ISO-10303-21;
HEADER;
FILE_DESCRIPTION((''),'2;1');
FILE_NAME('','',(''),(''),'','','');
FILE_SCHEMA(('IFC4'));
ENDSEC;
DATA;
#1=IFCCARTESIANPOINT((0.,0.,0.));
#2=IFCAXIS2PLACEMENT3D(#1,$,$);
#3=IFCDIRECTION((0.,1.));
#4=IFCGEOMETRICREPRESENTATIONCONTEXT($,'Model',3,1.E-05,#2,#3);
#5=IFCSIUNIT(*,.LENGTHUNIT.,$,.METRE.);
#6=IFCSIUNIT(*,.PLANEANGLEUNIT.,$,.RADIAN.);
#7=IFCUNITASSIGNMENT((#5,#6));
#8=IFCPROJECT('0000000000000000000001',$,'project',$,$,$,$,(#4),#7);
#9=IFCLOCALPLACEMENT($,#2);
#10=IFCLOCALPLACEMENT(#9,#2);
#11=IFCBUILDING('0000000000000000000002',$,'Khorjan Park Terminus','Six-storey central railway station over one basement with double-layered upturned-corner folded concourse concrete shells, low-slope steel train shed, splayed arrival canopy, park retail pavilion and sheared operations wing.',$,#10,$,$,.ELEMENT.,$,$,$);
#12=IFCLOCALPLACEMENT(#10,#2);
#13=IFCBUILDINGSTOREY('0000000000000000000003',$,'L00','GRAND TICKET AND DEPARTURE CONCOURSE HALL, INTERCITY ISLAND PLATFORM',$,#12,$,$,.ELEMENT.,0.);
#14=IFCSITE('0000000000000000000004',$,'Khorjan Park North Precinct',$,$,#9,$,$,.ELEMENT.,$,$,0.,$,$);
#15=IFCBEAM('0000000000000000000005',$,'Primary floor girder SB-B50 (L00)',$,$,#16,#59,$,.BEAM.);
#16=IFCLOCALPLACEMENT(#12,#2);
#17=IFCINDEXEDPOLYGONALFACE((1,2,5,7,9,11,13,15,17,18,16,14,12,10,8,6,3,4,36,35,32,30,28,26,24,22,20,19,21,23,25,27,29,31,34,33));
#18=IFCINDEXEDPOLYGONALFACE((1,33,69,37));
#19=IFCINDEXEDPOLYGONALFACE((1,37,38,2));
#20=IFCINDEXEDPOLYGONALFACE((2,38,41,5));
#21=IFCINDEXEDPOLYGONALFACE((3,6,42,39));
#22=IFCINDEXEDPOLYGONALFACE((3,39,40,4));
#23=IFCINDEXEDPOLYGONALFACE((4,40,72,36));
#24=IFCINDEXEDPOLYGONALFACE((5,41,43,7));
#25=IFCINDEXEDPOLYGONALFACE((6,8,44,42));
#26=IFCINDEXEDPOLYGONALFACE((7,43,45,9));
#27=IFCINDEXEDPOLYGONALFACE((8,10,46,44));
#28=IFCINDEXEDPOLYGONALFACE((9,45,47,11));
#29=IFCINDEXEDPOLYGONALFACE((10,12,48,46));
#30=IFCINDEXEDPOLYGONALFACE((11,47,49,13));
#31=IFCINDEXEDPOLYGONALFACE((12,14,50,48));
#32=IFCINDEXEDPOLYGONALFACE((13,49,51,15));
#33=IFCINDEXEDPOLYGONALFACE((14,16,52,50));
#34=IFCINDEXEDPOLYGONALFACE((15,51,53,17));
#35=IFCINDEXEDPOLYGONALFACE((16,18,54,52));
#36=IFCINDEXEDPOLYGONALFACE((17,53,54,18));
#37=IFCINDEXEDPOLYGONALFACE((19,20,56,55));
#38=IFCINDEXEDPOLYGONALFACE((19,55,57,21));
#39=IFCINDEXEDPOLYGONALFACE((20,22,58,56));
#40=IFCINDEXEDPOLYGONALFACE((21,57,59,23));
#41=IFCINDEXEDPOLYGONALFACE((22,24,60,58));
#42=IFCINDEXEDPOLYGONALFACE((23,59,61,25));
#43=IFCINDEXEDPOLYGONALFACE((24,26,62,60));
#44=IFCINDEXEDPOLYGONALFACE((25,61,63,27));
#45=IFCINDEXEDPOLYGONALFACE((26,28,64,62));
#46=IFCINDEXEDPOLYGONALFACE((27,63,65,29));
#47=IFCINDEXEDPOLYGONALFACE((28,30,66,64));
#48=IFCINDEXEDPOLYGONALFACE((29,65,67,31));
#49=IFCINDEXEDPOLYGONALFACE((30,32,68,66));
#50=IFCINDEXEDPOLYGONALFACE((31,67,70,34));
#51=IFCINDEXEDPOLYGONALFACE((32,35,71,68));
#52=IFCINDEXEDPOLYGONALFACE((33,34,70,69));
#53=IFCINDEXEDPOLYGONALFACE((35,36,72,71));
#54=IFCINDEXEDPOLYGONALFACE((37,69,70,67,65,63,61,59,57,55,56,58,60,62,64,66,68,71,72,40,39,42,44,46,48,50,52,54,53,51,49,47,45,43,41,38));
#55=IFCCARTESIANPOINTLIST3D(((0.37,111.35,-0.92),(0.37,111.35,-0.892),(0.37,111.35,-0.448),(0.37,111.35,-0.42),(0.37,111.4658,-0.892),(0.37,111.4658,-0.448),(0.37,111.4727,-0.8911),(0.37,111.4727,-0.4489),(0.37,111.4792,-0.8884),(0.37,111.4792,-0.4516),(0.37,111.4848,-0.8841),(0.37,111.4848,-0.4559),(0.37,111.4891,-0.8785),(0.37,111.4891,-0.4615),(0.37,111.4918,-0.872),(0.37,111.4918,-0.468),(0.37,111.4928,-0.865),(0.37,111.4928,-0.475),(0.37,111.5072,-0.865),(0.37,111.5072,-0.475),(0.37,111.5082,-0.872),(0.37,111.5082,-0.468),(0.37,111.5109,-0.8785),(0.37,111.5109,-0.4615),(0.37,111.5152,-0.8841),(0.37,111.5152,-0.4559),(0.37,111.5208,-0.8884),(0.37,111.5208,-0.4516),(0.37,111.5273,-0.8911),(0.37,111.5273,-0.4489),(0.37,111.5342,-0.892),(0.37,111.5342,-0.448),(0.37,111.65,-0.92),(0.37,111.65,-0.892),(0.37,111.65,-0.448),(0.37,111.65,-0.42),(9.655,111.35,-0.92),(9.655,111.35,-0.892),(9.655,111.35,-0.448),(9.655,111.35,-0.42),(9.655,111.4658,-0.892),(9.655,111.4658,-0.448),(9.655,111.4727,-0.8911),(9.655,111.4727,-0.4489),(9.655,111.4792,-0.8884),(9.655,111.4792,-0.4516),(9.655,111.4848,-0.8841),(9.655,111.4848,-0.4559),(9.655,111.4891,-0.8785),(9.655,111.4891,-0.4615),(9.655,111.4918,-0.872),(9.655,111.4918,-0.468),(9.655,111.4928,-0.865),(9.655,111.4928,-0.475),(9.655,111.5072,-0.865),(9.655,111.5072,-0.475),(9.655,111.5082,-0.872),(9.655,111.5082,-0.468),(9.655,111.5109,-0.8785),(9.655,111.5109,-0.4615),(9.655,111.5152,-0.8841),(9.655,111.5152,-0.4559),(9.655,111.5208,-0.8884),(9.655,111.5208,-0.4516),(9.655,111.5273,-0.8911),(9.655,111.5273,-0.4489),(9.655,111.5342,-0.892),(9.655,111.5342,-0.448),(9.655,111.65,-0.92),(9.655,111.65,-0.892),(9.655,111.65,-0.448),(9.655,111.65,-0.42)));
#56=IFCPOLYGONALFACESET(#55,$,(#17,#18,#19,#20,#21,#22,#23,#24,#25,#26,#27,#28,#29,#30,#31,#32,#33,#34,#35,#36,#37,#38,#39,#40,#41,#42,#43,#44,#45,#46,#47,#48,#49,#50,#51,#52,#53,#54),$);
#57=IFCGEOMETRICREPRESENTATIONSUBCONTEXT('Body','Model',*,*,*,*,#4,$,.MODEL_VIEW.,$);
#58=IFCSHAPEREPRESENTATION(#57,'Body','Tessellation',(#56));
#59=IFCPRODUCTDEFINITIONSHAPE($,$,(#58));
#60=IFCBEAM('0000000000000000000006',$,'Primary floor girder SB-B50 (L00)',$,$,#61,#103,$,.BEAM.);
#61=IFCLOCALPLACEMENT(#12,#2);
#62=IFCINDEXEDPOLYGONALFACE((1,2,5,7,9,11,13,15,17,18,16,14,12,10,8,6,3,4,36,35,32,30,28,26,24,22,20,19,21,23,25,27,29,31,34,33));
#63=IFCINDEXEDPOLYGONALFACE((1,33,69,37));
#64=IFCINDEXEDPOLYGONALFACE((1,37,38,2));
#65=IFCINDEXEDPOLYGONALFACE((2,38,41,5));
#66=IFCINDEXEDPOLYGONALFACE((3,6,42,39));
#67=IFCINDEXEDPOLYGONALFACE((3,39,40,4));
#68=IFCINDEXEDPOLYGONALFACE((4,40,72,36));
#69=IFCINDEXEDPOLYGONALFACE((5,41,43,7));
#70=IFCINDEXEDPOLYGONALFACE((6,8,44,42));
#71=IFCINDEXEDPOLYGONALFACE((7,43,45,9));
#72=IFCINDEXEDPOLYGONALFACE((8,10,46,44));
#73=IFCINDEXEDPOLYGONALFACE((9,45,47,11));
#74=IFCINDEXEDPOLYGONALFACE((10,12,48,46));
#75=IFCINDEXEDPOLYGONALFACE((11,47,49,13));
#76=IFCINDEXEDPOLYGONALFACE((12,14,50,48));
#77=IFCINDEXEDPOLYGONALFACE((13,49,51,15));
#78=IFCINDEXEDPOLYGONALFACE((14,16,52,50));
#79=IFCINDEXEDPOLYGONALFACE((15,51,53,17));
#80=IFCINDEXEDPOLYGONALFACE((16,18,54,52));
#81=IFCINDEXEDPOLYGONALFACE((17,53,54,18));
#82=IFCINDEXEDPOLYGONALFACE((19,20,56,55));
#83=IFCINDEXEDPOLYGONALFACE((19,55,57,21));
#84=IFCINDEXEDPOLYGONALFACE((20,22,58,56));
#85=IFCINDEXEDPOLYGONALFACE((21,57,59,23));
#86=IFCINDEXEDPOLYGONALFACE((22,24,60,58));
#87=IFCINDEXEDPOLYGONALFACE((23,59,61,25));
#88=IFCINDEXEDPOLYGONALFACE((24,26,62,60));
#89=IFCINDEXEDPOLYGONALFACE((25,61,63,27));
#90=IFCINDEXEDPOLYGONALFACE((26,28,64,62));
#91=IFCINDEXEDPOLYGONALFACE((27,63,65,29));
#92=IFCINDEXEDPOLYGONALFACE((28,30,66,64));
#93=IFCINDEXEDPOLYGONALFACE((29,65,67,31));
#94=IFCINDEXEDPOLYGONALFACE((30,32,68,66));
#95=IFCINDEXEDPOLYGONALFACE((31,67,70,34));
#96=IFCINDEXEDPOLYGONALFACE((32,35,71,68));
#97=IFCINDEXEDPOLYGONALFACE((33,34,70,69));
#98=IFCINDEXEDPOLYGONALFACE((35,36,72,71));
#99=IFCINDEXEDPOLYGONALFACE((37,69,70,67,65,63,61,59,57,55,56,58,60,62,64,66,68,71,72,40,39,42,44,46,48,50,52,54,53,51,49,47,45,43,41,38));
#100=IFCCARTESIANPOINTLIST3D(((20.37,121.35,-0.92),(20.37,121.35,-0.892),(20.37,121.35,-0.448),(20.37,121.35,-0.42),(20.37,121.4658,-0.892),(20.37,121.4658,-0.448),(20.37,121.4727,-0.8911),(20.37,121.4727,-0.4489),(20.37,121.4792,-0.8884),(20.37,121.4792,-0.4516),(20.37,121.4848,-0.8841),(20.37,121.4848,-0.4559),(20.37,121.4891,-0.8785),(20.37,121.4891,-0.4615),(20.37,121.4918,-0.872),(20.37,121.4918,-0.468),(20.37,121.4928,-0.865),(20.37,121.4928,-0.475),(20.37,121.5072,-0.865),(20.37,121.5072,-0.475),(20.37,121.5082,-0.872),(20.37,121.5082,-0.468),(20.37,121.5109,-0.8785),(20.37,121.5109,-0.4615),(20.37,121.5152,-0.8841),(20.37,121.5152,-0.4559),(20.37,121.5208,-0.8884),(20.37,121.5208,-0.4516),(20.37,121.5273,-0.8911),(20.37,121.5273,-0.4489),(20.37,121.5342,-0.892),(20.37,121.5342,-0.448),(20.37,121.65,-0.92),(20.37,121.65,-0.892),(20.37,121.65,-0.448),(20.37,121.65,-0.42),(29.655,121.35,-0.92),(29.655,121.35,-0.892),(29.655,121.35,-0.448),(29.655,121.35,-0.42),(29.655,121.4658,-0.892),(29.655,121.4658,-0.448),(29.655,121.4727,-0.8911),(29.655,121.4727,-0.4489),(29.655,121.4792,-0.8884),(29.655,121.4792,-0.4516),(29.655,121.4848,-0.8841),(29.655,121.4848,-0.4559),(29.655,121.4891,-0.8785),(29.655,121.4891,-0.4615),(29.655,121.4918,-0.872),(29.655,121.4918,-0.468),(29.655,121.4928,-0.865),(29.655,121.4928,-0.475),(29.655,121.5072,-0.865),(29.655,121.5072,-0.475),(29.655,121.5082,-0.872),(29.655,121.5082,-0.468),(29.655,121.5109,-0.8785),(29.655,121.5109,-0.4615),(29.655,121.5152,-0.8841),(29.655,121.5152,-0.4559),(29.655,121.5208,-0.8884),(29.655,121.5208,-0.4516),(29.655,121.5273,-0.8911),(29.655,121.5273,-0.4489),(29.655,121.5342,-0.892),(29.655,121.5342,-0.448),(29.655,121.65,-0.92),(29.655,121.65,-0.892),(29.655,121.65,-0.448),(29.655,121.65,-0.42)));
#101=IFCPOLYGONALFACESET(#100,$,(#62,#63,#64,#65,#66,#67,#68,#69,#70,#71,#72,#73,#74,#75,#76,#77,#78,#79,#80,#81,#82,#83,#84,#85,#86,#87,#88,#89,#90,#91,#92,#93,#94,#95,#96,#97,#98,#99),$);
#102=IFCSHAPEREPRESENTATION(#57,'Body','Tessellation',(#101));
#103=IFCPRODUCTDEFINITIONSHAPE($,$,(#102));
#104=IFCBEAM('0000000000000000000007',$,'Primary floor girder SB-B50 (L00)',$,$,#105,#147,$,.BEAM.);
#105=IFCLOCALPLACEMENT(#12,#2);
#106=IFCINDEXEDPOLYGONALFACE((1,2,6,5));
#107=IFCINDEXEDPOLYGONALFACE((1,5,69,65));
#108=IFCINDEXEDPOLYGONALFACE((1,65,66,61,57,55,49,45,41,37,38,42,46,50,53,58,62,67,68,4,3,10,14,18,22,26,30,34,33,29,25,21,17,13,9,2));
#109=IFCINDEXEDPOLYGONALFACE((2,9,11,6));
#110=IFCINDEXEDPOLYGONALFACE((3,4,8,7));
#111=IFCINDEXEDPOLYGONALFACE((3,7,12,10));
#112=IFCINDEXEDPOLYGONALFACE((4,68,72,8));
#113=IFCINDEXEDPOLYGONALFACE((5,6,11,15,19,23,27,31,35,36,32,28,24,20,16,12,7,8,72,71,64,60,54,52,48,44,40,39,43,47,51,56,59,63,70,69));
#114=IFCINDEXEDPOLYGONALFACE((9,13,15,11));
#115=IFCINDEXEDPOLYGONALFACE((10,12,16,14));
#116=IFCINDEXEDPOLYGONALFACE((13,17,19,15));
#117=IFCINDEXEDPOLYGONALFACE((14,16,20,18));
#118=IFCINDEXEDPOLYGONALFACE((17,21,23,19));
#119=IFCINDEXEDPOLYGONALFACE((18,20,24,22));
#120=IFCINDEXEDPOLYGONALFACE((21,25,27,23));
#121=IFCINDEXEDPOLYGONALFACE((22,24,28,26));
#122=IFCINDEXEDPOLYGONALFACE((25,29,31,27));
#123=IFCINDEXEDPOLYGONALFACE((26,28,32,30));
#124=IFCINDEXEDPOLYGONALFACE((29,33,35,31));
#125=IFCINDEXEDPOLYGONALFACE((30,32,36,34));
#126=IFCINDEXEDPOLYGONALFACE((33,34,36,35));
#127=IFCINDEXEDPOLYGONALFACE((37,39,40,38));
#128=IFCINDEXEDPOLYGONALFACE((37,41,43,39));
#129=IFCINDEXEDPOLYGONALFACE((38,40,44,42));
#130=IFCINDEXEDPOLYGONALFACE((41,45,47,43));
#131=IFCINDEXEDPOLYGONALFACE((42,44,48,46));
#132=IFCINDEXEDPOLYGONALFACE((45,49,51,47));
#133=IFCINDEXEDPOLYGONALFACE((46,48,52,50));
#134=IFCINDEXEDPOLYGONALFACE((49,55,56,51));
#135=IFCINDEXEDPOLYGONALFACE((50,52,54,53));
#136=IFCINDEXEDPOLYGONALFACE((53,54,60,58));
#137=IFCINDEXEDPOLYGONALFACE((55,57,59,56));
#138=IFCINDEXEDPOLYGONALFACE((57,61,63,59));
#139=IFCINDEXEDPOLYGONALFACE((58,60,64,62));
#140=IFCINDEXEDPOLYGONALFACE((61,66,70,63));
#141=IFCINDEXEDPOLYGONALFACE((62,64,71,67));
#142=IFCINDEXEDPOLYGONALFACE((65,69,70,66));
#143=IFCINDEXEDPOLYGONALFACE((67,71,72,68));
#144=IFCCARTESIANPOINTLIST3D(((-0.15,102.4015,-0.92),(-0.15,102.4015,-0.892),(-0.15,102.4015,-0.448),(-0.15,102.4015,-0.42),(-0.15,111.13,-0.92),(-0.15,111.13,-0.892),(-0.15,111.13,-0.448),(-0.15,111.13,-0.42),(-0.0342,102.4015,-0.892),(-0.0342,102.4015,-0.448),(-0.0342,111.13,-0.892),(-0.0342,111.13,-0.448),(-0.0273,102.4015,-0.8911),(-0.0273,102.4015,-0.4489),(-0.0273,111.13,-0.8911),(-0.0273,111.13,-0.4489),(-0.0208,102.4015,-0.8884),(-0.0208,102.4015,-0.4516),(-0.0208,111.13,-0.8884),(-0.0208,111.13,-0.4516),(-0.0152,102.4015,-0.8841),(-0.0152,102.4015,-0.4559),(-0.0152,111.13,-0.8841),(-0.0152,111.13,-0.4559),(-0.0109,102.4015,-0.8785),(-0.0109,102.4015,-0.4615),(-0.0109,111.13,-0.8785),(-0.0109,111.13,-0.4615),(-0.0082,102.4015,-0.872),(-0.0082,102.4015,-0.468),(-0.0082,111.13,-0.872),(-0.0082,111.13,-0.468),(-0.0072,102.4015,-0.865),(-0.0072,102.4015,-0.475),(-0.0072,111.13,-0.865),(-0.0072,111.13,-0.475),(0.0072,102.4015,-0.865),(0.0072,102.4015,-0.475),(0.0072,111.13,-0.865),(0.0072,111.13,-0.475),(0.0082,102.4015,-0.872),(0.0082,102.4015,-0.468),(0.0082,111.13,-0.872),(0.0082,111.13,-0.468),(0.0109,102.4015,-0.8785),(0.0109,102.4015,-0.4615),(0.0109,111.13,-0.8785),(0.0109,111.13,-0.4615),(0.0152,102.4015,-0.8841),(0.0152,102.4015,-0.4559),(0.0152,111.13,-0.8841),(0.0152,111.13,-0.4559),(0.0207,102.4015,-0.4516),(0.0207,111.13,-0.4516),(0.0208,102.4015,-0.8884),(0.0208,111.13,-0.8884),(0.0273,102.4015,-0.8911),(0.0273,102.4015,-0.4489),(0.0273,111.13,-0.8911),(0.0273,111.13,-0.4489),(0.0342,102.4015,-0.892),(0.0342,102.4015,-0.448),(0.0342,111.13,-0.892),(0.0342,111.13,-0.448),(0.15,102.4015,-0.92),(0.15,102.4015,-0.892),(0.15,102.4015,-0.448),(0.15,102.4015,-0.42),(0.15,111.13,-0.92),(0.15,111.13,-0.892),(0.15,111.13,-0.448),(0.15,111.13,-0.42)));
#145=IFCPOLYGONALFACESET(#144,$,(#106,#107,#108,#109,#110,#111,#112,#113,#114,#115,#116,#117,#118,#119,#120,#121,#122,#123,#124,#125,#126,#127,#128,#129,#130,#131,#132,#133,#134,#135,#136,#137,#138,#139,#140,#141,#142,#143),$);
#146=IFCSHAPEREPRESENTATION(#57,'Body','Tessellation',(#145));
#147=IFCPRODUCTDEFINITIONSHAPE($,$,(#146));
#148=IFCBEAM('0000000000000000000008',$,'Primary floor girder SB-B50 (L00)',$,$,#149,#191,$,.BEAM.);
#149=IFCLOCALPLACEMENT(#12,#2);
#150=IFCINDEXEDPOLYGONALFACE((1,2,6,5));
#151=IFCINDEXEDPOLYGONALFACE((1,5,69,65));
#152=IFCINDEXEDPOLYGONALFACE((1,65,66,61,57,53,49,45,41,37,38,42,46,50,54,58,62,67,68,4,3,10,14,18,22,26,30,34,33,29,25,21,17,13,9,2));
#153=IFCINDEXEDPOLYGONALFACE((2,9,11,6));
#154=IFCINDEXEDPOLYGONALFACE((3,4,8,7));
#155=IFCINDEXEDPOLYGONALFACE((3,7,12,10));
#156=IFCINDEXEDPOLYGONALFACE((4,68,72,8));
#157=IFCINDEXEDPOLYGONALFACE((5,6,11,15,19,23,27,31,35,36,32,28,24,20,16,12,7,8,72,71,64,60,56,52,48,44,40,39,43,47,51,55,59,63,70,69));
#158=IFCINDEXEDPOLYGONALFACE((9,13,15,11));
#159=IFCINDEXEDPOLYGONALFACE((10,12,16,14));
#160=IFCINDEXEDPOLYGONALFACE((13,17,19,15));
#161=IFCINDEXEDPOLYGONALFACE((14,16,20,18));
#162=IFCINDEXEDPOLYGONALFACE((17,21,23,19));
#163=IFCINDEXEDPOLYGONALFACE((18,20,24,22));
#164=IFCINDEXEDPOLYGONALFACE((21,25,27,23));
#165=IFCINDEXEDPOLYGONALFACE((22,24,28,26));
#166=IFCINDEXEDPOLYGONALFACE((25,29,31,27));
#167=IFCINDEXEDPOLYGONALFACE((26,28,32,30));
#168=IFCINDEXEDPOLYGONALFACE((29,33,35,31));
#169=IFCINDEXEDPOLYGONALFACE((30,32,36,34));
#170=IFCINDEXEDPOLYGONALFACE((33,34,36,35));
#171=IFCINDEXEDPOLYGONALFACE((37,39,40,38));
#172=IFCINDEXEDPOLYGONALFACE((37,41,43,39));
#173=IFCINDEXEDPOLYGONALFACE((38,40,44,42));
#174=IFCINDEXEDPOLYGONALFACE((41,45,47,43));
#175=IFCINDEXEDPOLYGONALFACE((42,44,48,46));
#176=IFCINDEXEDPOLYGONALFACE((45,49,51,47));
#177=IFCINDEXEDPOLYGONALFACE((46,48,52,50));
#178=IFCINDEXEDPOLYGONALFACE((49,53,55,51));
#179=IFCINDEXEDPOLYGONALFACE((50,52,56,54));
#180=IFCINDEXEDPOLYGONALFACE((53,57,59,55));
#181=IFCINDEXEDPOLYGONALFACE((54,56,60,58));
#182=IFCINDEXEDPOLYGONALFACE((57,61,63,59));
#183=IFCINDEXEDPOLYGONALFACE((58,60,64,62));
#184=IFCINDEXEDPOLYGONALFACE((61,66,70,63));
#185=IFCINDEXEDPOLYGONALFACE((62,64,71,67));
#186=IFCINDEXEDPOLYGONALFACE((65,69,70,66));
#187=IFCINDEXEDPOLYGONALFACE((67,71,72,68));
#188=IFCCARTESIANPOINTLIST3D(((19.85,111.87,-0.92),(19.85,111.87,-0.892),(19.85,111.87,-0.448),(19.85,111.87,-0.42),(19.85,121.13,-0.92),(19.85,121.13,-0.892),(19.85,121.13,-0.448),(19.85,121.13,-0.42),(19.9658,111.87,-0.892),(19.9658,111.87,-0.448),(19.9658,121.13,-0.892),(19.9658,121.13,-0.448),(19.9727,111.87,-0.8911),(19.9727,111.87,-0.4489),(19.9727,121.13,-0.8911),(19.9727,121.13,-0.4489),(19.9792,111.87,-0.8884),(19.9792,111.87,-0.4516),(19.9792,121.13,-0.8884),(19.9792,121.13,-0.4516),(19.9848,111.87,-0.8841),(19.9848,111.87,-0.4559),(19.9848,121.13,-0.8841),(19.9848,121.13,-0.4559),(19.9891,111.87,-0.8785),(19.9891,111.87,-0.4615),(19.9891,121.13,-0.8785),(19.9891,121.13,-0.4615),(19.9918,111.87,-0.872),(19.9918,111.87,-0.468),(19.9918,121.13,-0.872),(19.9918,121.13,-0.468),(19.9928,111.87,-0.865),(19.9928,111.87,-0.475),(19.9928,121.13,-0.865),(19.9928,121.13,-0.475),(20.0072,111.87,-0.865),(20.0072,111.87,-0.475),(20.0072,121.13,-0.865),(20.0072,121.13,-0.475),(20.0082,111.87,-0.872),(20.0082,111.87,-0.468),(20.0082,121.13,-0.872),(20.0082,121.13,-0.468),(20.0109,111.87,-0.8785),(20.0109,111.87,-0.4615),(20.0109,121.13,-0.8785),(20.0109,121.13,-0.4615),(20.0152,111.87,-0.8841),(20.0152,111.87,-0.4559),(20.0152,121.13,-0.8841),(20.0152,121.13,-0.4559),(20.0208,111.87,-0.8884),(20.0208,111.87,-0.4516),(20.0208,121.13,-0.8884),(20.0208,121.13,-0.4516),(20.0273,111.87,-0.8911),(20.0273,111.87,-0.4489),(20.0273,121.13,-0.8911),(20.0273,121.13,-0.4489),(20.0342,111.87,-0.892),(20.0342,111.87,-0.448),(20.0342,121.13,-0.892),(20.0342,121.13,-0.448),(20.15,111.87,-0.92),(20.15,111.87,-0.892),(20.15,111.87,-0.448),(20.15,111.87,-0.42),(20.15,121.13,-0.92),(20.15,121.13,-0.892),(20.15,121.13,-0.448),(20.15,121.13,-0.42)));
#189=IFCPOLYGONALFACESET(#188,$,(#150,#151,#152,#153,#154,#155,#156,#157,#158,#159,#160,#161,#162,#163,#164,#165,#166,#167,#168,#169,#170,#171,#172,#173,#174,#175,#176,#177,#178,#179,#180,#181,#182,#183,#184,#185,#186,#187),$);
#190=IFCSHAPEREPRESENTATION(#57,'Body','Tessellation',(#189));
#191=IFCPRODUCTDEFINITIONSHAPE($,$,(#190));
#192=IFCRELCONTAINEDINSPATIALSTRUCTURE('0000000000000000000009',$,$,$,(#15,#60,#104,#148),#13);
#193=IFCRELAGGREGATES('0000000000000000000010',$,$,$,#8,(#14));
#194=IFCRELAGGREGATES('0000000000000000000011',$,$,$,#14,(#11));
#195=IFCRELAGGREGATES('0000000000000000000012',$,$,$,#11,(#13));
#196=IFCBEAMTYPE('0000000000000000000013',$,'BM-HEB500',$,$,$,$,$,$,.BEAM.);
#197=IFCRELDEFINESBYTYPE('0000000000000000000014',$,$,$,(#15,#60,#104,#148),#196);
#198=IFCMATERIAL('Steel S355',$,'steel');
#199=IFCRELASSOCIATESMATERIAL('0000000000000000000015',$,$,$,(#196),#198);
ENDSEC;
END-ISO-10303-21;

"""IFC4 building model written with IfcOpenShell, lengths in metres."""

from ifc_helpers import new_model, si_unit, direction, frame, origin, origin_2d, place, context, subcontext, project, spatial, i_section, extrude, material, material_profile, profile_set, type_object, element, save


model = new_model("IFC4")

# Units and contexts
model_context = context("Model", 3, precision=1e-05, world=origin(), true_north=direction((0.0, 1.0)))
body_context = subcontext(model_context, "Body", "Model", "MODEL_VIEW")
ifc_project = project(units=[si_unit("LENGTHUNIT", "METRE"), si_unit("PLANEANGLEUNIT", "RADIAN")], contexts=[model_context])

# Site, building, storey
site_placement = place(None, origin())
site = spatial("IfcSite", under=ifc_project, at=site_placement, Name="Khorjan Park North Precinct", CompositionType="ELEMENT", RefElevation=0.0)
building_placement = place(site_placement, origin())
building = spatial("IfcBuilding", under=site, at=building_placement, Name="Khorjan Park Terminus", Description="Six-storey central railway station over one basement with double-layered upturned-corner folded concourse concrete shells, low-slope steel train shed, splayed arrival canopy, park retail pavilion and sheared operations wing.", CompositionType="ELEMENT")
storey_placement = place(building_placement, origin())
storey = spatial("IfcBuildingStorey", under=building, at=storey_placement, Name="L00", Description="GRAND TICKET AND DEPARTURE CONCOURSE HALL, INTERCITY ISLAND PLATFORM", CompositionType="ELEMENT", Elevation=0.0)

# Beams
ifc_material = material(Name="Steel S355", Category="steel")
ifc_material_profile_1 = material_profile(ifc_material, i_section(OverallWidth=0.3, OverallDepth=0.5, WebThickness=0.0145, FlangeThickness=0.028, FilletRadius=0.027, at=origin_2d()), Name="HEB 500")
ifc_profile_set_1 = profile_set([ifc_material_profile_1], Name="Steel S355")
beam_type_1 = type_object("IfcBeamType", Name="BM-HEB500", PredefinedType="BEAM", material=ifc_profile_set_1)
for number, where, z_axis, x_axis, name in (
    (1, (0.37, 111.5, -0.67), (1.0, 0.0, 0.0), (0.0, 1.0, 0.0), "Primary floor girder SB-B50 (L00)"),
    (2, (20.37, 121.5, -0.67), (1.0, 0.0, 0.0), (0.0, 1.0, 0.0), "Primary floor girder SB-B50 (L00)"),
):
    element("IfcBeam", number, at=place(storey_placement, frame(where, z_axis=z_axis, x_axis=x_axis)), inside=storey, type_object=beam_type_1, Name=name, PredefinedType="BEAM", context=body_context, shape_type="SweptSolid", body=[
        extrude(i_section(OverallWidth=0.3, OverallDepth=0.5, WebThickness=0.0145, FlangeThickness=0.028, FilletRadius=0.027, at=origin_2d()), origin(), (0.0, 0.0, 1.0), 9.285),
    ])
beam_1_placement = place(storey_placement, frame((0.0, 102.4015, -0.67), z_axis=(0.0, 1.0, 0.0), x_axis=(-1.0, 0.0, 0.0)))
element("IfcBeam", 3, at=beam_1_placement, inside=storey, type_object=beam_type_1, Name="Primary floor girder SB-B50 (L00)", PredefinedType="BEAM", context=body_context, shape_type="SweptSolid", body=[
    extrude(i_section(OverallWidth=0.3, OverallDepth=0.5, WebThickness=0.0145, FlangeThickness=0.028, FilletRadius=0.027, at=origin_2d()), origin(), (0.0, 0.0, 1.0), 8.7285),
])
beam_2_placement = place(storey_placement, frame((20.0, 111.87, -0.67), z_axis=(0.0, 1.0, 0.0), x_axis=(-1.0, 0.0, 0.0)))
element("IfcBeam", 4, at=beam_2_placement, inside=storey, type_object=beam_type_1, Name="Primary floor girder SB-B50 (L00)", PredefinedType="BEAM", context=body_context, shape_type="SweptSolid", body=[
    extrude(i_section(OverallWidth=0.3, OverallDepth=0.5, WebThickness=0.0145, FlangeThickness=0.028, FilletRadius=0.027, at=origin_2d()), origin(), (0.0, 0.0, 1.0), 9.26),
])

save(model, "model.ifc")
